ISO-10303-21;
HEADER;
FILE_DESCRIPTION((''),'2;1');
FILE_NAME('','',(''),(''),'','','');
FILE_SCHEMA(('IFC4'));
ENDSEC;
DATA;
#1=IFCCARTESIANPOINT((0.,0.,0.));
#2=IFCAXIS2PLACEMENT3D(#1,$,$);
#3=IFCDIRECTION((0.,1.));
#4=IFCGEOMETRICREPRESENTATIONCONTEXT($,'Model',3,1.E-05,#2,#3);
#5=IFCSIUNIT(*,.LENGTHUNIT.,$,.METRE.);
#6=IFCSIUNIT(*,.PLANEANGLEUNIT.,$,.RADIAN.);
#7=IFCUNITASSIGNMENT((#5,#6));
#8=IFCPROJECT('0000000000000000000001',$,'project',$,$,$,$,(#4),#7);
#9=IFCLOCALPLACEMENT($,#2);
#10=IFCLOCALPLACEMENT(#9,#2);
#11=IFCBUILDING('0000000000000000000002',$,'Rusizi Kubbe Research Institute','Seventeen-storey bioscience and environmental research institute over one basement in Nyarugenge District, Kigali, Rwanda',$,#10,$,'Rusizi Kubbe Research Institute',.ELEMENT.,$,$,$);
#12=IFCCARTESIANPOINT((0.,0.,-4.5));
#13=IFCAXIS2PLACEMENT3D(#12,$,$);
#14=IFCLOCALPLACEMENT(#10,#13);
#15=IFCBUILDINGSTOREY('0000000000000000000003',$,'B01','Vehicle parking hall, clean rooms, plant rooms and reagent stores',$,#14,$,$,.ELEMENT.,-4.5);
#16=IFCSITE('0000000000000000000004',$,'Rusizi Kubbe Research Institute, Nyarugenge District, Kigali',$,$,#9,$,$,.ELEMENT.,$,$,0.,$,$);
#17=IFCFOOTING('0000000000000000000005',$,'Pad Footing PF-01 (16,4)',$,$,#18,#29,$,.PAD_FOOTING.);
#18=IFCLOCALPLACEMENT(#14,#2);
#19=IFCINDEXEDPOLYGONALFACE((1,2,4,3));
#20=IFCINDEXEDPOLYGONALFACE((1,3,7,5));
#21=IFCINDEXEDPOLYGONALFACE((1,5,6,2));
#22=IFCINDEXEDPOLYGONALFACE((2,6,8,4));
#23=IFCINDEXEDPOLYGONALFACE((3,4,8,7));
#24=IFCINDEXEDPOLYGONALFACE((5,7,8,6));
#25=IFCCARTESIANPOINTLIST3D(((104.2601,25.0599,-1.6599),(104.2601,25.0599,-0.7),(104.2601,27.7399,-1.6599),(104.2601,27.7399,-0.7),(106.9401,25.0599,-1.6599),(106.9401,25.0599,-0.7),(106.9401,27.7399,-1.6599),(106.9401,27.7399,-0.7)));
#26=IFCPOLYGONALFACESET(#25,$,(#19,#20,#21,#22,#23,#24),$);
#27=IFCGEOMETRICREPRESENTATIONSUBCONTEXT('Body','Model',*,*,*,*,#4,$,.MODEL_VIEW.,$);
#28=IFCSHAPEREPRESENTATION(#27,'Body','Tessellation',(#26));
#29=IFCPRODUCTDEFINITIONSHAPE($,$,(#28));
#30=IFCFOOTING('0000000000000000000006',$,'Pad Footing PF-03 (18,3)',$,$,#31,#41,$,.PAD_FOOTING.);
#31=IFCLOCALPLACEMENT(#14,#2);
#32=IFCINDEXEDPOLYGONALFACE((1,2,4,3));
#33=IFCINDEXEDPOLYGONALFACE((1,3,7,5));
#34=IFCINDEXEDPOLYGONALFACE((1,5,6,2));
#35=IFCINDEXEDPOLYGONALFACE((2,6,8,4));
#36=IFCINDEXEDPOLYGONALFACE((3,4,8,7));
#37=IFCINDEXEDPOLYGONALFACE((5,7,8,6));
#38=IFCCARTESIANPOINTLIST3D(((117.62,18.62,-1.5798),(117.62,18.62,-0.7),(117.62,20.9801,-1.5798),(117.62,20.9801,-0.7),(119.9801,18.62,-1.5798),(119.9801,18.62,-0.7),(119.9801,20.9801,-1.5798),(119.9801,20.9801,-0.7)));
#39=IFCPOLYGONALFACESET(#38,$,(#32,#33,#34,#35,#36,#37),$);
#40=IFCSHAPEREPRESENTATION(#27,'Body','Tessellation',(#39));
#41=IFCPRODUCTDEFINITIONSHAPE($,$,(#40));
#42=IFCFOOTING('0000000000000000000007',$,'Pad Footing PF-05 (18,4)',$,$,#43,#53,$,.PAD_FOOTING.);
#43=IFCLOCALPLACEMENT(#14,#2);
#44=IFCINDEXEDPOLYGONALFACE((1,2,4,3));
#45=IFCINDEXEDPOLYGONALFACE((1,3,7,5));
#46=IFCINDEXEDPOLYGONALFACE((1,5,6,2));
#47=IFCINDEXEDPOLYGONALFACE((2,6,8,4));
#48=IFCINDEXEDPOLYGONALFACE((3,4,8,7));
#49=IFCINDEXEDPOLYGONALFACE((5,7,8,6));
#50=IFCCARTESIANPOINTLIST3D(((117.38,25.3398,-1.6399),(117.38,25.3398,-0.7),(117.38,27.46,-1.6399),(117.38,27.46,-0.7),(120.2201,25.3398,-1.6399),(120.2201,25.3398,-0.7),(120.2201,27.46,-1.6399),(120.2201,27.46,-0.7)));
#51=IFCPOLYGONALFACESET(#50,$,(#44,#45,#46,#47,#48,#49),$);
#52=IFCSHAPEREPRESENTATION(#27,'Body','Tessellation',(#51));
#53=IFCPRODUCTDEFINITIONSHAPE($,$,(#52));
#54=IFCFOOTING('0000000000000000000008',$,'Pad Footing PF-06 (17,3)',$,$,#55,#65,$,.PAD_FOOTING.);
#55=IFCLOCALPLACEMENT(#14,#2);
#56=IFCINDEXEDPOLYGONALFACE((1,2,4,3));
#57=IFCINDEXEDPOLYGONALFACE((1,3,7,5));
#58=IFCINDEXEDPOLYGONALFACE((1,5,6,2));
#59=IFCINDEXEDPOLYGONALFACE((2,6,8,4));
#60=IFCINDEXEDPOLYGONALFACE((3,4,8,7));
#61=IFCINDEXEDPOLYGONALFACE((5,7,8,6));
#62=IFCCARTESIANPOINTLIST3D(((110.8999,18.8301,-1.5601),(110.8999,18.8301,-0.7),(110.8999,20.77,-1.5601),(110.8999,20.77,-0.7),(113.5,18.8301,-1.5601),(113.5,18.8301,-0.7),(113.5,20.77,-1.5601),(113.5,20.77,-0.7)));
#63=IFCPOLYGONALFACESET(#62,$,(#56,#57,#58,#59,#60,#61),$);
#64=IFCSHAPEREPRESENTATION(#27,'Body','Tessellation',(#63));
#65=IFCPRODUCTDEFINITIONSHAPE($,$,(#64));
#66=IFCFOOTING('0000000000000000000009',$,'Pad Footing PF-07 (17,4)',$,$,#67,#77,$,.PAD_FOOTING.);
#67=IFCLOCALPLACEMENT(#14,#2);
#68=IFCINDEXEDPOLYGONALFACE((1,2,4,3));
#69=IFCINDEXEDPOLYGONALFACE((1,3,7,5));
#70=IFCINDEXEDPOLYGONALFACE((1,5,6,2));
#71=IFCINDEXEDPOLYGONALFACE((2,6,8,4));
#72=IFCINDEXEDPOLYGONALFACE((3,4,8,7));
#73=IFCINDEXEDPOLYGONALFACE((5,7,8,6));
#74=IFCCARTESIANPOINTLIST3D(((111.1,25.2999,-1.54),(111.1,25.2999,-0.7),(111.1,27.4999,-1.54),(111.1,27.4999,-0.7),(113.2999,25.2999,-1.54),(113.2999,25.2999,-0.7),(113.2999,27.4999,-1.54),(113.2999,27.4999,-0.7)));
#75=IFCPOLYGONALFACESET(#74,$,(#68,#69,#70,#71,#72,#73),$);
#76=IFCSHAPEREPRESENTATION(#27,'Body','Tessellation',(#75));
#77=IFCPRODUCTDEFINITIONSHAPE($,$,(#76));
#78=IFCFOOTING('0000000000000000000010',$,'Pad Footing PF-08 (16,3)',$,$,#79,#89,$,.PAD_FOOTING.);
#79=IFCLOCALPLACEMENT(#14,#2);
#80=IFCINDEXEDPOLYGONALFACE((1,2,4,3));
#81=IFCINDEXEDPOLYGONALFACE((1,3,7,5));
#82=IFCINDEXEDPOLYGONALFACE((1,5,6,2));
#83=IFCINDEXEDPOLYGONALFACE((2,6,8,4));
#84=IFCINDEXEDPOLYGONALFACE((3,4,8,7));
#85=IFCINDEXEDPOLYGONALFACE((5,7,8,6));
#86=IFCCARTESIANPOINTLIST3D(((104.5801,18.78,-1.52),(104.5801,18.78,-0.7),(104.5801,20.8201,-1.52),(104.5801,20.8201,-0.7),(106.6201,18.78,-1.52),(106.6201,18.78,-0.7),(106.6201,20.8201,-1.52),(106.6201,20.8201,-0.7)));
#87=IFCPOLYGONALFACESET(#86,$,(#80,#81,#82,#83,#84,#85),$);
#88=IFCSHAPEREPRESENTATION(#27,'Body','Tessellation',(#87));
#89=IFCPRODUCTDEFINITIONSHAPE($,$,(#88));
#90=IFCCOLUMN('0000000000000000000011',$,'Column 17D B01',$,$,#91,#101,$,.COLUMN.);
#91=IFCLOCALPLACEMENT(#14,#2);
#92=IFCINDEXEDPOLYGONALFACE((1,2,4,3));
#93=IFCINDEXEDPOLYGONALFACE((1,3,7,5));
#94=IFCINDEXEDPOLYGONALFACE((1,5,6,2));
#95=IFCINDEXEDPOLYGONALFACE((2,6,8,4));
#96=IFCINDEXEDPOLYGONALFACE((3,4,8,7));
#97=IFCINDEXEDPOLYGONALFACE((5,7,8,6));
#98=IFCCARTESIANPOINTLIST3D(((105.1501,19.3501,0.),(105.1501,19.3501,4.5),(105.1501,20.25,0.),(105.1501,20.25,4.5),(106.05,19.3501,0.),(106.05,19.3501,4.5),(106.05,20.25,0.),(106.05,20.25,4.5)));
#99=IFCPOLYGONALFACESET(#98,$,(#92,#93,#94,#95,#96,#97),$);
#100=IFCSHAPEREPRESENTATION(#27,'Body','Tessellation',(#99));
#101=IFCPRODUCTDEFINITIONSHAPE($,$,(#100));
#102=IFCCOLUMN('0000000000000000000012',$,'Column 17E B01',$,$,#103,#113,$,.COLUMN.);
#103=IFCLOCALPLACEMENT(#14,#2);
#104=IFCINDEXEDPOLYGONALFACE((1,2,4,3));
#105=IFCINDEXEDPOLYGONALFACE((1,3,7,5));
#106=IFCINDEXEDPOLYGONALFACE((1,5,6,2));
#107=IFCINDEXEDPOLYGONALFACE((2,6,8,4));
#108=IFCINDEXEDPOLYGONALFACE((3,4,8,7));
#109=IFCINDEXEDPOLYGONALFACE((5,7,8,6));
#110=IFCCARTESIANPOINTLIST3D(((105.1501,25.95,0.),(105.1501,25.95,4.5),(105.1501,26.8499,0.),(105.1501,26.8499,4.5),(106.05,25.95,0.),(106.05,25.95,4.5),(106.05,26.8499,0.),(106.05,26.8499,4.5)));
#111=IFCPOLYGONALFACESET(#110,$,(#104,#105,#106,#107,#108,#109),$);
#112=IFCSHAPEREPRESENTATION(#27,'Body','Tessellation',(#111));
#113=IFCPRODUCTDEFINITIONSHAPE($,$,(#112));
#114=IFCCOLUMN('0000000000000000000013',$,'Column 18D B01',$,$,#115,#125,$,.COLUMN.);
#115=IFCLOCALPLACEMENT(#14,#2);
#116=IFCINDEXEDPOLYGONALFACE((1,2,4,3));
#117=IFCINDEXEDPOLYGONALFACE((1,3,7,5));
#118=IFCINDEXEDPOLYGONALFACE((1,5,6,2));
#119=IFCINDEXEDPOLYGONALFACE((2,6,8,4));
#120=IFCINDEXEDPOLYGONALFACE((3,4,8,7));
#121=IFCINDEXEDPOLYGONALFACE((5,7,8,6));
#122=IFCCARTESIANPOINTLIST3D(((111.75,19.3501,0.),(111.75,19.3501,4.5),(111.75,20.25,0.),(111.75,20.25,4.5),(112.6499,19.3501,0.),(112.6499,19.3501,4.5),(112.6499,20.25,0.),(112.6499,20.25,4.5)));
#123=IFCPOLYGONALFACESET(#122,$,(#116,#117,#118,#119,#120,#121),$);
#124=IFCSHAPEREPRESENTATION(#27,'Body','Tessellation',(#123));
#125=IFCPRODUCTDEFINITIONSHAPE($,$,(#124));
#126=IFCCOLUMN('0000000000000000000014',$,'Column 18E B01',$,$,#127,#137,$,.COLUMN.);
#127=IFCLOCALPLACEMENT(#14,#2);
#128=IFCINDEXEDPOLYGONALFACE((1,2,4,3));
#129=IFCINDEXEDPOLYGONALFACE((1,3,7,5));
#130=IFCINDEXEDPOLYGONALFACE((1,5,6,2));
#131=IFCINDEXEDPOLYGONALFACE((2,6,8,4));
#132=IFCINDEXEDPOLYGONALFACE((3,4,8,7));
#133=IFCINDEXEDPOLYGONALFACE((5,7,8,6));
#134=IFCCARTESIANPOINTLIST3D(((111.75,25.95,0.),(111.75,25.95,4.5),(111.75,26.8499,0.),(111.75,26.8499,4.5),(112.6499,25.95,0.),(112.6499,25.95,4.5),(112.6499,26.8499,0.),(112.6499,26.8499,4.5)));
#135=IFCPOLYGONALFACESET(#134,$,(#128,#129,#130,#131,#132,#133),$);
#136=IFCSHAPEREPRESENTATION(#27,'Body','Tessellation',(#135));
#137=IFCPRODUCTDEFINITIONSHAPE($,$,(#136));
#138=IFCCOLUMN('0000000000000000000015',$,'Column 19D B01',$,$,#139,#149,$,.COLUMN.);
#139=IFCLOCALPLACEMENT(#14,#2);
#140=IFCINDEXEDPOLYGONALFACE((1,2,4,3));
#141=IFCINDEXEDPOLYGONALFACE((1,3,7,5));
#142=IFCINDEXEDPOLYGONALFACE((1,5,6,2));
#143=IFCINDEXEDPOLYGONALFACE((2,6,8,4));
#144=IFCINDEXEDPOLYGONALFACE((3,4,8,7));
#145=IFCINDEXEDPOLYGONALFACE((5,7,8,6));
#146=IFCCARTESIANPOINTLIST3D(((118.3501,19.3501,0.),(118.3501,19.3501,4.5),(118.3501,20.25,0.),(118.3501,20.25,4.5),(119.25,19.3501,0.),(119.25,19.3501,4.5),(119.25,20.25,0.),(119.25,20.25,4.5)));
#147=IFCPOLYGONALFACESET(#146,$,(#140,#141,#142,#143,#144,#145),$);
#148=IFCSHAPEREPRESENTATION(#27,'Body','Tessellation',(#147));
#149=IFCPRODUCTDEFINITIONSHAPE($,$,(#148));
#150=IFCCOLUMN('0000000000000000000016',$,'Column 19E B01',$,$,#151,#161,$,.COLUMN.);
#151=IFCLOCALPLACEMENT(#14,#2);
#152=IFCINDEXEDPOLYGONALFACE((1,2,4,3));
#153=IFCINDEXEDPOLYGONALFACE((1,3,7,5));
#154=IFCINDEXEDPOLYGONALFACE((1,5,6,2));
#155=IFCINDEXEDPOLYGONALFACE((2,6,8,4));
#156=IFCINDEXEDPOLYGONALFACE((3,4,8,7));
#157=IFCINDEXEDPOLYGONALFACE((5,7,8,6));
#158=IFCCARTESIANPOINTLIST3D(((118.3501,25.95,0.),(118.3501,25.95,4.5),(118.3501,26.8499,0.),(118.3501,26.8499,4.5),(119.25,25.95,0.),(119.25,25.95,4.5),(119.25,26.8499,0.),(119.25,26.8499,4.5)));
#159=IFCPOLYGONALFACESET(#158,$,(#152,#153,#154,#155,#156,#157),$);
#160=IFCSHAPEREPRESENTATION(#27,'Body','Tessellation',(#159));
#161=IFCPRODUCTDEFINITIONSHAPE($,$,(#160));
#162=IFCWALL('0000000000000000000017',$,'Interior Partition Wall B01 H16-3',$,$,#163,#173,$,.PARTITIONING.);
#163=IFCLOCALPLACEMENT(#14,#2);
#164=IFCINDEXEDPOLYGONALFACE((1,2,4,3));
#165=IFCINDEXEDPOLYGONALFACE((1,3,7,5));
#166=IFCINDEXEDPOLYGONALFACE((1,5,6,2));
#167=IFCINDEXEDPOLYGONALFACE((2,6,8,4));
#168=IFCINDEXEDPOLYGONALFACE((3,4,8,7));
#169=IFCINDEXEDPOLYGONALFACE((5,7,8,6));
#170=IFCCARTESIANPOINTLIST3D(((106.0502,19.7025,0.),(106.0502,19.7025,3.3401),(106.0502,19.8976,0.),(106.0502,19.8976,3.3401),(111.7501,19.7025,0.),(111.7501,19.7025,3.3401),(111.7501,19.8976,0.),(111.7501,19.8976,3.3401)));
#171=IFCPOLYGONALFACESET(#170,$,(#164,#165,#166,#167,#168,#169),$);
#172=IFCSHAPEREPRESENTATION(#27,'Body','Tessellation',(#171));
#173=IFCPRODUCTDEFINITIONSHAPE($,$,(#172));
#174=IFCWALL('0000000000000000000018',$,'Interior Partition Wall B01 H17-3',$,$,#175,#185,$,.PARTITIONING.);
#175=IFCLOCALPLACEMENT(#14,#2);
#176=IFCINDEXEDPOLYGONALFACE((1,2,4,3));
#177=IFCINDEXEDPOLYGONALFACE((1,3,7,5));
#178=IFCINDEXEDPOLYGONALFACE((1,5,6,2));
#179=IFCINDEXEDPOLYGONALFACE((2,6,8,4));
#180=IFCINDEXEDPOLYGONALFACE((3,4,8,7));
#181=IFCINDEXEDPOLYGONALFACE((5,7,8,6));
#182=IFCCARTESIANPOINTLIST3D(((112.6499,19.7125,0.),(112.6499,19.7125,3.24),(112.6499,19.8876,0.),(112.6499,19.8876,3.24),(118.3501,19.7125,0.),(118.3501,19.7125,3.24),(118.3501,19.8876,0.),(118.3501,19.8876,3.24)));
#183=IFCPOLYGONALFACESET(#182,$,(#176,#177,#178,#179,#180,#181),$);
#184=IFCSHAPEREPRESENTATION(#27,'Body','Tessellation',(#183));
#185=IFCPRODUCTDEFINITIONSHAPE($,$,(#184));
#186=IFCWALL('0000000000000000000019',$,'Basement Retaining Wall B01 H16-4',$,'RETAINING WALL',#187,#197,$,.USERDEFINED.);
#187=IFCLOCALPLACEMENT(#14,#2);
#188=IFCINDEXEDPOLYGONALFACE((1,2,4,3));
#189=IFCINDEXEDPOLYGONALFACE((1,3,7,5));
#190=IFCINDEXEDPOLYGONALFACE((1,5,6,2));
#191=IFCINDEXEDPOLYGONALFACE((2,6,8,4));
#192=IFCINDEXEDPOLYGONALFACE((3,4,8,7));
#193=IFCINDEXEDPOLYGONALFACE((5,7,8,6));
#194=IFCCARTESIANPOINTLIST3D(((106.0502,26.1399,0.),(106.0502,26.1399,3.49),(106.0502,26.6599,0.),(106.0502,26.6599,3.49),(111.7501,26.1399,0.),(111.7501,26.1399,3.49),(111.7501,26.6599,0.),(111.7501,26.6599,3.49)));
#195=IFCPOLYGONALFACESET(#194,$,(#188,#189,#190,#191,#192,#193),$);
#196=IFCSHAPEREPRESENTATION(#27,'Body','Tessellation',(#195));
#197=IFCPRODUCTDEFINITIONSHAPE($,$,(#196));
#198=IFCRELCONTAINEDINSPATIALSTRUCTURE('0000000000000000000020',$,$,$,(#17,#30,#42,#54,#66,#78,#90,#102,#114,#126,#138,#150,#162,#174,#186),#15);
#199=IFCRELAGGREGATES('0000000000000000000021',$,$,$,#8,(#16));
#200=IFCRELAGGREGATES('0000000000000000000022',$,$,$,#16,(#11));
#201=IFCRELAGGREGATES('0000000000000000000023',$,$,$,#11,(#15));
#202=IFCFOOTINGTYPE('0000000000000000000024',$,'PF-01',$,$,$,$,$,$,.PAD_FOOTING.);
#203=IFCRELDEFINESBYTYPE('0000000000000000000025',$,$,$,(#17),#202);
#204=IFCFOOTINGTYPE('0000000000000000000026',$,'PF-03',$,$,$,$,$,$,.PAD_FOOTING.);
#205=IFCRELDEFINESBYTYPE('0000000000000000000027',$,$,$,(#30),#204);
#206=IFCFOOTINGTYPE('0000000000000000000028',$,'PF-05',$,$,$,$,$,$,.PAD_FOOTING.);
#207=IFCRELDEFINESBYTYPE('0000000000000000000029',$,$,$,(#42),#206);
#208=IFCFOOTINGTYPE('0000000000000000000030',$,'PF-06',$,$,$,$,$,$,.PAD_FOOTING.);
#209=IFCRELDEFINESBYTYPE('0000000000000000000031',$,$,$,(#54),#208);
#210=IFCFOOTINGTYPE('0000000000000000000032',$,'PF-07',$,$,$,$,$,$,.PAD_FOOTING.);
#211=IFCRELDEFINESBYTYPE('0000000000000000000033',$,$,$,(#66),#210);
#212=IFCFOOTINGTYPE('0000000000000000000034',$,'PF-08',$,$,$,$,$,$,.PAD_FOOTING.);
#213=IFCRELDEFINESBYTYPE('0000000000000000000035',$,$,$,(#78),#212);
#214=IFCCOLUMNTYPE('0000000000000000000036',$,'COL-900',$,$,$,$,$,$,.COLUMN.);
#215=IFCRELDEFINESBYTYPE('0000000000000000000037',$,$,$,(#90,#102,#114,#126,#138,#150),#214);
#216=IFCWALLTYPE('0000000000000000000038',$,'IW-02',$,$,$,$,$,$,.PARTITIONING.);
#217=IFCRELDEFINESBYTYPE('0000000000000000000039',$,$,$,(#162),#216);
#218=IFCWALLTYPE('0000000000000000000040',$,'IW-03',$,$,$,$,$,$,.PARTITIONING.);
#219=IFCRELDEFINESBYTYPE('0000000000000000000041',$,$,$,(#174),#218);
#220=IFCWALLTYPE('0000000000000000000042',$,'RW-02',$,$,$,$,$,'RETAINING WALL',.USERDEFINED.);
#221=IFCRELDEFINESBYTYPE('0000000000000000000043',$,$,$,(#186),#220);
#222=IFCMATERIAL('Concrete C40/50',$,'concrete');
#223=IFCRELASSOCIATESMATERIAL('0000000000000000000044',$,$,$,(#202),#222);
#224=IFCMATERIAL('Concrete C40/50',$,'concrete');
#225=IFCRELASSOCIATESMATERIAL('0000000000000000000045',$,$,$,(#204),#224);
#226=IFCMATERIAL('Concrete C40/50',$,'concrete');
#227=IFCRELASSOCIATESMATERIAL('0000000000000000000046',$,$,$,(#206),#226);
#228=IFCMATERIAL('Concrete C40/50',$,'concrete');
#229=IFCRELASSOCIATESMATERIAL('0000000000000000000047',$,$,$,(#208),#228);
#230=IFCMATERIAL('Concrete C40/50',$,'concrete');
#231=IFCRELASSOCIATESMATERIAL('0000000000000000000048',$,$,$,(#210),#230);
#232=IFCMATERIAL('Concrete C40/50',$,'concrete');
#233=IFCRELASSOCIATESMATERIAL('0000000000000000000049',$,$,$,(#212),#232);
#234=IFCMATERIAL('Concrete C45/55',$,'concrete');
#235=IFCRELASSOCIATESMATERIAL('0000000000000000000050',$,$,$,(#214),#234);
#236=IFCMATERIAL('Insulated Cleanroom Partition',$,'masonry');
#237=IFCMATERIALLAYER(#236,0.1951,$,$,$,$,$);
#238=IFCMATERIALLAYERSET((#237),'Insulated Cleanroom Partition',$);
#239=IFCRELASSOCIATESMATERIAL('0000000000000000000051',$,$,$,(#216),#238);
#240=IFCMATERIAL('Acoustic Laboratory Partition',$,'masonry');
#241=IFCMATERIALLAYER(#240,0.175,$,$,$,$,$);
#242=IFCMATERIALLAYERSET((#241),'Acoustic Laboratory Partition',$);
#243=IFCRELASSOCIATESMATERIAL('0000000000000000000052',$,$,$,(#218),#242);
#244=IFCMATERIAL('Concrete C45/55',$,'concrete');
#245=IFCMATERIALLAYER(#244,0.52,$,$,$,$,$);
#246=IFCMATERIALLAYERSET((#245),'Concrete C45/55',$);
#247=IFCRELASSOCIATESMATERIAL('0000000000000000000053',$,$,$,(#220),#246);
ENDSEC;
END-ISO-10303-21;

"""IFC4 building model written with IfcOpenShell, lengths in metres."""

from ifc_helpers import new_model, si_unit, direction, frame, frame_2d, origin, origin_2d, place, context, subcontext, project, spatial, rectangle, extrude, material, layer, layer_set, material_profile, profile_set, type_object, element, save


model = new_model("IFC4")

# Units and contexts
model_context = context("Model", 3, precision=1e-05, world=origin(), true_north=direction((0.0, 1.0)))
body_context = subcontext(model_context, "Body", "Model", "MODEL_VIEW")
ifc_project = project(units=[si_unit("LENGTHUNIT", "METRE"), si_unit("PLANEANGLEUNIT", "RADIAN")], contexts=[model_context])

# Site, building, storey
site_placement = place(None, origin())
site = spatial("IfcSite", under=ifc_project, at=site_placement, Name="Rusizi Kubbe Research Institute, Nyarugenge District, Kigali", CompositionType="ELEMENT", RefElevation=0.0)
building_placement = place(site_placement, origin())
building = spatial("IfcBuilding", under=site, at=building_placement, Name="Rusizi Kubbe Research Institute", Description="Seventeen-storey bioscience and environmental research institute over one basement in Nyarugenge District, Kigali, Rwanda", LongName="Rusizi Kubbe Research Institute", CompositionType="ELEMENT")
storey_placement = place(building_placement, frame((0.0, 0.0, -4.5)))
storey = spatial("IfcBuildingStorey", under=building, at=storey_placement, Name="B01", Description="Vehicle parking hall, clean rooms, plant rooms and reagent stores", CompositionType="ELEMENT", Elevation=-4.5)

# Footings
ifc_material_1 = material(Name="Concrete C40/50", Category="concrete")
footing_type_1 = type_object("IfcFootingType", Name="PF-01", PredefinedType="PAD_FOOTING", material=ifc_material_1)
footing_1_placement = place(storey_placement, frame((105.6001, 26.3999, -1.6599), z_axis=(0.0, 0.0, 1.0), x_axis=(1.0, 0.0, 0.0)))
element("IfcFooting", 1, at=footing_1_placement, inside=storey, type_object=footing_type_1, Name="Pad Footing PF-01 (16,4)", PredefinedType="PAD_FOOTING", context=body_context, shape_type="SweptSolid", body=[
    extrude(rectangle(XDim=2.6799, YDim=2.6799, at=origin_2d()), origin(), (0.0, 0.0, 1.0), 0.96),
])
ifc_material_2 = material(Name="Concrete C40/50", Category="concrete")
footing_type_2 = type_object("IfcFootingType", Name="PF-03", PredefinedType="PAD_FOOTING", material=ifc_material_2)
footing_2_placement = place(storey_placement, frame((118.8, 19.8, -1.5798), z_axis=(0.0, 0.0, 1.0), x_axis=(1.0, 0.0, 0.0)))
element("IfcFooting", 2, at=footing_2_placement, inside=storey, type_object=footing_type_2, Name="Pad Footing PF-03 (18,3)", PredefinedType="PAD_FOOTING", context=body_context, shape_type="SweptSolid", body=[
    extrude(rectangle(XDim=2.3601, YDim=2.3601, at=origin_2d()), origin(), (0.0, 0.0, 1.0), 0.8799),
])
ifc_material_3 = material(Name="Concrete C40/50", Category="concrete")
footing_type_3 = type_object("IfcFootingType", Name="PF-05", PredefinedType="PAD_FOOTING", material=ifc_material_3)
footing_3_placement = place(storey_placement, frame((118.8, 26.3999, -1.6399), z_axis=(0.0, 0.0, 1.0), x_axis=(1.0, 0.0, 0.0)))
element("IfcFooting", 3, at=footing_3_placement, inside=storey, type_object=footing_type_3, Name="Pad Footing PF-05 (18,4)", PredefinedType="PAD_FOOTING", context=body_context, shape_type="SweptSolid", body=[
    extrude(rectangle(XDim=2.8401, YDim=2.1201, at=origin_2d()), origin(), (0.0, 0.0, 1.0), 0.9399),
])
ifc_material_4 = material(Name="Concrete C40/50", Category="concrete")
footing_type_4 = type_object("IfcFootingType", Name="PF-06", PredefinedType="PAD_FOOTING", material=ifc_material_4)
footing_4_placement = place(storey_placement, frame((112.2, 19.8, -1.5601), z_axis=(0.0, 0.0, 1.0), x_axis=(1.0, 0.0, 0.0)))
element("IfcFooting", 4, at=footing_4_placement, inside=storey, type_object=footing_type_4, Name="Pad Footing PF-06 (17,3)", PredefinedType="PAD_FOOTING", context=body_context, shape_type="SweptSolid", body=[
    extrude(rectangle(XDim=2.6001, YDim=1.9399, at=origin_2d()), origin(), (0.0, 0.0, 1.0), 0.8601),
])
ifc_material_5 = material(Name="Concrete C40/50", Category="concrete")
footing_type_5 = type_object("IfcFootingType", Name="PF-07", PredefinedType="PAD_FOOTING", material=ifc_material_5)
footing_5_placement = place(storey_placement, frame((112.2, 26.3999, -1.54), z_axis=(0.0, 0.0, 1.0), x_axis=(1.0, 0.0, 0.0)))
element("IfcFooting", 5, at=footing_5_placement, inside=storey, type_object=footing_type_5, Name="Pad Footing PF-07 (17,4)", PredefinedType="PAD_FOOTING", context=body_context, shape_type="SweptSolid", body=[
    extrude(rectangle(XDim=2.2, YDim=2.2, at=origin_2d()), origin(), (0.0, 0.0, 1.0), 0.8401),
])
ifc_material_6 = material(Name="Concrete C40/50", Category="concrete")
footing_type_6 = type_object("IfcFootingType", Name="PF-08", PredefinedType="PAD_FOOTING", material=ifc_material_6)
footing_6_placement = place(storey_placement, frame((105.6001, 19.8, -1.52), z_axis=(0.0, 0.0, 1.0), x_axis=(1.0, 0.0, 0.0)))
element("IfcFooting", 6, at=footing_6_placement, inside=storey, type_object=footing_type_6, Name="Pad Footing PF-08 (16,3)", PredefinedType="PAD_FOOTING", context=body_context, shape_type="SweptSolid", body=[
    extrude(rectangle(XDim=2.04, YDim=2.04, at=origin_2d()), origin(), (0.0, 0.0, 1.0), 0.8201),
])

# Columns
ifc_material_7 = material(Name="Concrete C45/55", Category="concrete")
ifc_material_profile = material_profile(ifc_material_7, rectangle(XDim=0.8999, YDim=0.8999, at=origin_2d()), Name="RC900x900")
ifc_profile_set = profile_set([ifc_material_profile], Name="Concrete C45/55")
column_type = type_object("IfcColumnType", Name="COL-900", PredefinedType="COLUMN", material=ifc_profile_set)
for number, where, z_axis, x_axis, name in (
    (7, (105.6001, 19.8, 0.0), (0.0, 0.0, 1.0), (1.0, 0.0, 0.0), "Column 17D B01"),
    (8, (105.6001, 26.3999, 0.0), (0.0, 0.0, 1.0), (1.0, 0.0, 0.0), "Column 17E B01"),
    (9, (112.2, 19.8, 0.0), (0.0, 0.0, 1.0), (1.0, 0.0, 0.0), "Column 18D B01"),
    (10, (112.2, 26.3999, 0.0), (0.0, 0.0, 1.0), (1.0, 0.0, 0.0), "Column 18E B01"),
    (11, (118.8, 19.8, 0.0), (0.0, 0.0, 1.0), (1.0, 0.0, 0.0), "Column 19D B01"),
    (12, (118.8, 26.3999, 0.0), (0.0, 0.0, 1.0), (1.0, 0.0, 0.0), "Column 19E B01"),
):
    element("IfcColumn", number, at=place(storey_placement, frame(where, z_axis=z_axis, x_axis=x_axis)), inside=storey, type_object=column_type, Name=name, PredefinedType="COLUMN", context=body_context, shape_type="SweptSolid", body=[
        extrude(rectangle(XDim=0.8999, YDim=0.8999, at=origin_2d()), origin(), (0.0, 0.0, 1.0), 4.5),
    ])

# Walls
ifc_material_8 = material(Name="Insulated Cleanroom Partition", Category="masonry")
ifc_layer_1 = layer(ifc_material_8, 0.1951)
ifc_layer_set_1 = layer_set([ifc_layer_1], Name="Insulated Cleanroom Partition")
wall_type_1 = type_object("IfcWallType", Name="IW-02", PredefinedType="PARTITIONING", material=ifc_layer_set_1)
wall_1_placement = place(storey_placement, frame((106.05, 19.8, 0.0), z_axis=(0.0, 0.0, 1.0), x_axis=(1.0, 0.0, 0.0)))
element("IfcWall", 13, at=wall_1_placement, inside=storey, type_object=wall_type_1, Name="Interior Partition Wall B01 H16-3", PredefinedType="PARTITIONING", context=body_context, shape_type="SweptSolid", body=[
    extrude(rectangle(XDim=5.7, YDim=0.1951, at=frame_2d((2.8501, 0.0))), origin(), (0.0, 0.0, 1.0), 3.3401),
])
ifc_material_9 = material(Name="Acoustic Laboratory Partition", Category="masonry")
ifc_layer_2 = layer(ifc_material_9, 0.175)
ifc_layer_set_2 = layer_set([ifc_layer_2], Name="Acoustic Laboratory Partition")
wall_type_2 = type_object("IfcWallType", Name="IW-03", PredefinedType="PARTITIONING", material=ifc_layer_set_2)
wall_2_placement = place(storey_placement, frame((112.6499, 19.8, 0.0), z_axis=(0.0, 0.0, 1.0), x_axis=(1.0, 0.0, 0.0)))
element("IfcWall", 14, at=wall_2_placement, inside=storey, type_object=wall_type_2, Name="Interior Partition Wall B01 H17-3", PredefinedType="PARTITIONING", context=body_context, shape_type="SweptSolid", body=[
    extrude(rectangle(XDim=5.7002, YDim=0.175, at=frame_2d((2.8501, 0.0))), origin(), (0.0, 0.0, 1.0), 3.24),
])
ifc_material_10 = material(Name="Concrete C45/55", Category="concrete")
ifc_layer_3 = layer(ifc_material_10, 0.52)
ifc_layer_set_3 = layer_set([ifc_layer_3], Name="Concrete C45/55")
wall_type_3 = type_object("IfcWallType", Name="RW-02", ElementType="RETAINING WALL", PredefinedType="USERDEFINED", material=ifc_layer_set_3)
wall_3_placement = place(storey_placement, frame((106.05, 26.3999, 0.0), z_axis=(0.0, 0.0, 1.0), x_axis=(1.0, 0.0, 0.0)))
element("IfcWall", 15, at=wall_3_placement, inside=storey, type_object=wall_type_3, Name="Basement Retaining Wall B01 H16-4", ObjectType="RETAINING WALL", PredefinedType="USERDEFINED", context=body_context, shape_type="SweptSolid", body=[
    extrude(rectangle(XDim=5.7, YDim=0.52, at=frame_2d((2.8501, 0.0))), origin(), (0.0, 0.0, 1.0), 3.49),
])

save(model, "model.ifc")
